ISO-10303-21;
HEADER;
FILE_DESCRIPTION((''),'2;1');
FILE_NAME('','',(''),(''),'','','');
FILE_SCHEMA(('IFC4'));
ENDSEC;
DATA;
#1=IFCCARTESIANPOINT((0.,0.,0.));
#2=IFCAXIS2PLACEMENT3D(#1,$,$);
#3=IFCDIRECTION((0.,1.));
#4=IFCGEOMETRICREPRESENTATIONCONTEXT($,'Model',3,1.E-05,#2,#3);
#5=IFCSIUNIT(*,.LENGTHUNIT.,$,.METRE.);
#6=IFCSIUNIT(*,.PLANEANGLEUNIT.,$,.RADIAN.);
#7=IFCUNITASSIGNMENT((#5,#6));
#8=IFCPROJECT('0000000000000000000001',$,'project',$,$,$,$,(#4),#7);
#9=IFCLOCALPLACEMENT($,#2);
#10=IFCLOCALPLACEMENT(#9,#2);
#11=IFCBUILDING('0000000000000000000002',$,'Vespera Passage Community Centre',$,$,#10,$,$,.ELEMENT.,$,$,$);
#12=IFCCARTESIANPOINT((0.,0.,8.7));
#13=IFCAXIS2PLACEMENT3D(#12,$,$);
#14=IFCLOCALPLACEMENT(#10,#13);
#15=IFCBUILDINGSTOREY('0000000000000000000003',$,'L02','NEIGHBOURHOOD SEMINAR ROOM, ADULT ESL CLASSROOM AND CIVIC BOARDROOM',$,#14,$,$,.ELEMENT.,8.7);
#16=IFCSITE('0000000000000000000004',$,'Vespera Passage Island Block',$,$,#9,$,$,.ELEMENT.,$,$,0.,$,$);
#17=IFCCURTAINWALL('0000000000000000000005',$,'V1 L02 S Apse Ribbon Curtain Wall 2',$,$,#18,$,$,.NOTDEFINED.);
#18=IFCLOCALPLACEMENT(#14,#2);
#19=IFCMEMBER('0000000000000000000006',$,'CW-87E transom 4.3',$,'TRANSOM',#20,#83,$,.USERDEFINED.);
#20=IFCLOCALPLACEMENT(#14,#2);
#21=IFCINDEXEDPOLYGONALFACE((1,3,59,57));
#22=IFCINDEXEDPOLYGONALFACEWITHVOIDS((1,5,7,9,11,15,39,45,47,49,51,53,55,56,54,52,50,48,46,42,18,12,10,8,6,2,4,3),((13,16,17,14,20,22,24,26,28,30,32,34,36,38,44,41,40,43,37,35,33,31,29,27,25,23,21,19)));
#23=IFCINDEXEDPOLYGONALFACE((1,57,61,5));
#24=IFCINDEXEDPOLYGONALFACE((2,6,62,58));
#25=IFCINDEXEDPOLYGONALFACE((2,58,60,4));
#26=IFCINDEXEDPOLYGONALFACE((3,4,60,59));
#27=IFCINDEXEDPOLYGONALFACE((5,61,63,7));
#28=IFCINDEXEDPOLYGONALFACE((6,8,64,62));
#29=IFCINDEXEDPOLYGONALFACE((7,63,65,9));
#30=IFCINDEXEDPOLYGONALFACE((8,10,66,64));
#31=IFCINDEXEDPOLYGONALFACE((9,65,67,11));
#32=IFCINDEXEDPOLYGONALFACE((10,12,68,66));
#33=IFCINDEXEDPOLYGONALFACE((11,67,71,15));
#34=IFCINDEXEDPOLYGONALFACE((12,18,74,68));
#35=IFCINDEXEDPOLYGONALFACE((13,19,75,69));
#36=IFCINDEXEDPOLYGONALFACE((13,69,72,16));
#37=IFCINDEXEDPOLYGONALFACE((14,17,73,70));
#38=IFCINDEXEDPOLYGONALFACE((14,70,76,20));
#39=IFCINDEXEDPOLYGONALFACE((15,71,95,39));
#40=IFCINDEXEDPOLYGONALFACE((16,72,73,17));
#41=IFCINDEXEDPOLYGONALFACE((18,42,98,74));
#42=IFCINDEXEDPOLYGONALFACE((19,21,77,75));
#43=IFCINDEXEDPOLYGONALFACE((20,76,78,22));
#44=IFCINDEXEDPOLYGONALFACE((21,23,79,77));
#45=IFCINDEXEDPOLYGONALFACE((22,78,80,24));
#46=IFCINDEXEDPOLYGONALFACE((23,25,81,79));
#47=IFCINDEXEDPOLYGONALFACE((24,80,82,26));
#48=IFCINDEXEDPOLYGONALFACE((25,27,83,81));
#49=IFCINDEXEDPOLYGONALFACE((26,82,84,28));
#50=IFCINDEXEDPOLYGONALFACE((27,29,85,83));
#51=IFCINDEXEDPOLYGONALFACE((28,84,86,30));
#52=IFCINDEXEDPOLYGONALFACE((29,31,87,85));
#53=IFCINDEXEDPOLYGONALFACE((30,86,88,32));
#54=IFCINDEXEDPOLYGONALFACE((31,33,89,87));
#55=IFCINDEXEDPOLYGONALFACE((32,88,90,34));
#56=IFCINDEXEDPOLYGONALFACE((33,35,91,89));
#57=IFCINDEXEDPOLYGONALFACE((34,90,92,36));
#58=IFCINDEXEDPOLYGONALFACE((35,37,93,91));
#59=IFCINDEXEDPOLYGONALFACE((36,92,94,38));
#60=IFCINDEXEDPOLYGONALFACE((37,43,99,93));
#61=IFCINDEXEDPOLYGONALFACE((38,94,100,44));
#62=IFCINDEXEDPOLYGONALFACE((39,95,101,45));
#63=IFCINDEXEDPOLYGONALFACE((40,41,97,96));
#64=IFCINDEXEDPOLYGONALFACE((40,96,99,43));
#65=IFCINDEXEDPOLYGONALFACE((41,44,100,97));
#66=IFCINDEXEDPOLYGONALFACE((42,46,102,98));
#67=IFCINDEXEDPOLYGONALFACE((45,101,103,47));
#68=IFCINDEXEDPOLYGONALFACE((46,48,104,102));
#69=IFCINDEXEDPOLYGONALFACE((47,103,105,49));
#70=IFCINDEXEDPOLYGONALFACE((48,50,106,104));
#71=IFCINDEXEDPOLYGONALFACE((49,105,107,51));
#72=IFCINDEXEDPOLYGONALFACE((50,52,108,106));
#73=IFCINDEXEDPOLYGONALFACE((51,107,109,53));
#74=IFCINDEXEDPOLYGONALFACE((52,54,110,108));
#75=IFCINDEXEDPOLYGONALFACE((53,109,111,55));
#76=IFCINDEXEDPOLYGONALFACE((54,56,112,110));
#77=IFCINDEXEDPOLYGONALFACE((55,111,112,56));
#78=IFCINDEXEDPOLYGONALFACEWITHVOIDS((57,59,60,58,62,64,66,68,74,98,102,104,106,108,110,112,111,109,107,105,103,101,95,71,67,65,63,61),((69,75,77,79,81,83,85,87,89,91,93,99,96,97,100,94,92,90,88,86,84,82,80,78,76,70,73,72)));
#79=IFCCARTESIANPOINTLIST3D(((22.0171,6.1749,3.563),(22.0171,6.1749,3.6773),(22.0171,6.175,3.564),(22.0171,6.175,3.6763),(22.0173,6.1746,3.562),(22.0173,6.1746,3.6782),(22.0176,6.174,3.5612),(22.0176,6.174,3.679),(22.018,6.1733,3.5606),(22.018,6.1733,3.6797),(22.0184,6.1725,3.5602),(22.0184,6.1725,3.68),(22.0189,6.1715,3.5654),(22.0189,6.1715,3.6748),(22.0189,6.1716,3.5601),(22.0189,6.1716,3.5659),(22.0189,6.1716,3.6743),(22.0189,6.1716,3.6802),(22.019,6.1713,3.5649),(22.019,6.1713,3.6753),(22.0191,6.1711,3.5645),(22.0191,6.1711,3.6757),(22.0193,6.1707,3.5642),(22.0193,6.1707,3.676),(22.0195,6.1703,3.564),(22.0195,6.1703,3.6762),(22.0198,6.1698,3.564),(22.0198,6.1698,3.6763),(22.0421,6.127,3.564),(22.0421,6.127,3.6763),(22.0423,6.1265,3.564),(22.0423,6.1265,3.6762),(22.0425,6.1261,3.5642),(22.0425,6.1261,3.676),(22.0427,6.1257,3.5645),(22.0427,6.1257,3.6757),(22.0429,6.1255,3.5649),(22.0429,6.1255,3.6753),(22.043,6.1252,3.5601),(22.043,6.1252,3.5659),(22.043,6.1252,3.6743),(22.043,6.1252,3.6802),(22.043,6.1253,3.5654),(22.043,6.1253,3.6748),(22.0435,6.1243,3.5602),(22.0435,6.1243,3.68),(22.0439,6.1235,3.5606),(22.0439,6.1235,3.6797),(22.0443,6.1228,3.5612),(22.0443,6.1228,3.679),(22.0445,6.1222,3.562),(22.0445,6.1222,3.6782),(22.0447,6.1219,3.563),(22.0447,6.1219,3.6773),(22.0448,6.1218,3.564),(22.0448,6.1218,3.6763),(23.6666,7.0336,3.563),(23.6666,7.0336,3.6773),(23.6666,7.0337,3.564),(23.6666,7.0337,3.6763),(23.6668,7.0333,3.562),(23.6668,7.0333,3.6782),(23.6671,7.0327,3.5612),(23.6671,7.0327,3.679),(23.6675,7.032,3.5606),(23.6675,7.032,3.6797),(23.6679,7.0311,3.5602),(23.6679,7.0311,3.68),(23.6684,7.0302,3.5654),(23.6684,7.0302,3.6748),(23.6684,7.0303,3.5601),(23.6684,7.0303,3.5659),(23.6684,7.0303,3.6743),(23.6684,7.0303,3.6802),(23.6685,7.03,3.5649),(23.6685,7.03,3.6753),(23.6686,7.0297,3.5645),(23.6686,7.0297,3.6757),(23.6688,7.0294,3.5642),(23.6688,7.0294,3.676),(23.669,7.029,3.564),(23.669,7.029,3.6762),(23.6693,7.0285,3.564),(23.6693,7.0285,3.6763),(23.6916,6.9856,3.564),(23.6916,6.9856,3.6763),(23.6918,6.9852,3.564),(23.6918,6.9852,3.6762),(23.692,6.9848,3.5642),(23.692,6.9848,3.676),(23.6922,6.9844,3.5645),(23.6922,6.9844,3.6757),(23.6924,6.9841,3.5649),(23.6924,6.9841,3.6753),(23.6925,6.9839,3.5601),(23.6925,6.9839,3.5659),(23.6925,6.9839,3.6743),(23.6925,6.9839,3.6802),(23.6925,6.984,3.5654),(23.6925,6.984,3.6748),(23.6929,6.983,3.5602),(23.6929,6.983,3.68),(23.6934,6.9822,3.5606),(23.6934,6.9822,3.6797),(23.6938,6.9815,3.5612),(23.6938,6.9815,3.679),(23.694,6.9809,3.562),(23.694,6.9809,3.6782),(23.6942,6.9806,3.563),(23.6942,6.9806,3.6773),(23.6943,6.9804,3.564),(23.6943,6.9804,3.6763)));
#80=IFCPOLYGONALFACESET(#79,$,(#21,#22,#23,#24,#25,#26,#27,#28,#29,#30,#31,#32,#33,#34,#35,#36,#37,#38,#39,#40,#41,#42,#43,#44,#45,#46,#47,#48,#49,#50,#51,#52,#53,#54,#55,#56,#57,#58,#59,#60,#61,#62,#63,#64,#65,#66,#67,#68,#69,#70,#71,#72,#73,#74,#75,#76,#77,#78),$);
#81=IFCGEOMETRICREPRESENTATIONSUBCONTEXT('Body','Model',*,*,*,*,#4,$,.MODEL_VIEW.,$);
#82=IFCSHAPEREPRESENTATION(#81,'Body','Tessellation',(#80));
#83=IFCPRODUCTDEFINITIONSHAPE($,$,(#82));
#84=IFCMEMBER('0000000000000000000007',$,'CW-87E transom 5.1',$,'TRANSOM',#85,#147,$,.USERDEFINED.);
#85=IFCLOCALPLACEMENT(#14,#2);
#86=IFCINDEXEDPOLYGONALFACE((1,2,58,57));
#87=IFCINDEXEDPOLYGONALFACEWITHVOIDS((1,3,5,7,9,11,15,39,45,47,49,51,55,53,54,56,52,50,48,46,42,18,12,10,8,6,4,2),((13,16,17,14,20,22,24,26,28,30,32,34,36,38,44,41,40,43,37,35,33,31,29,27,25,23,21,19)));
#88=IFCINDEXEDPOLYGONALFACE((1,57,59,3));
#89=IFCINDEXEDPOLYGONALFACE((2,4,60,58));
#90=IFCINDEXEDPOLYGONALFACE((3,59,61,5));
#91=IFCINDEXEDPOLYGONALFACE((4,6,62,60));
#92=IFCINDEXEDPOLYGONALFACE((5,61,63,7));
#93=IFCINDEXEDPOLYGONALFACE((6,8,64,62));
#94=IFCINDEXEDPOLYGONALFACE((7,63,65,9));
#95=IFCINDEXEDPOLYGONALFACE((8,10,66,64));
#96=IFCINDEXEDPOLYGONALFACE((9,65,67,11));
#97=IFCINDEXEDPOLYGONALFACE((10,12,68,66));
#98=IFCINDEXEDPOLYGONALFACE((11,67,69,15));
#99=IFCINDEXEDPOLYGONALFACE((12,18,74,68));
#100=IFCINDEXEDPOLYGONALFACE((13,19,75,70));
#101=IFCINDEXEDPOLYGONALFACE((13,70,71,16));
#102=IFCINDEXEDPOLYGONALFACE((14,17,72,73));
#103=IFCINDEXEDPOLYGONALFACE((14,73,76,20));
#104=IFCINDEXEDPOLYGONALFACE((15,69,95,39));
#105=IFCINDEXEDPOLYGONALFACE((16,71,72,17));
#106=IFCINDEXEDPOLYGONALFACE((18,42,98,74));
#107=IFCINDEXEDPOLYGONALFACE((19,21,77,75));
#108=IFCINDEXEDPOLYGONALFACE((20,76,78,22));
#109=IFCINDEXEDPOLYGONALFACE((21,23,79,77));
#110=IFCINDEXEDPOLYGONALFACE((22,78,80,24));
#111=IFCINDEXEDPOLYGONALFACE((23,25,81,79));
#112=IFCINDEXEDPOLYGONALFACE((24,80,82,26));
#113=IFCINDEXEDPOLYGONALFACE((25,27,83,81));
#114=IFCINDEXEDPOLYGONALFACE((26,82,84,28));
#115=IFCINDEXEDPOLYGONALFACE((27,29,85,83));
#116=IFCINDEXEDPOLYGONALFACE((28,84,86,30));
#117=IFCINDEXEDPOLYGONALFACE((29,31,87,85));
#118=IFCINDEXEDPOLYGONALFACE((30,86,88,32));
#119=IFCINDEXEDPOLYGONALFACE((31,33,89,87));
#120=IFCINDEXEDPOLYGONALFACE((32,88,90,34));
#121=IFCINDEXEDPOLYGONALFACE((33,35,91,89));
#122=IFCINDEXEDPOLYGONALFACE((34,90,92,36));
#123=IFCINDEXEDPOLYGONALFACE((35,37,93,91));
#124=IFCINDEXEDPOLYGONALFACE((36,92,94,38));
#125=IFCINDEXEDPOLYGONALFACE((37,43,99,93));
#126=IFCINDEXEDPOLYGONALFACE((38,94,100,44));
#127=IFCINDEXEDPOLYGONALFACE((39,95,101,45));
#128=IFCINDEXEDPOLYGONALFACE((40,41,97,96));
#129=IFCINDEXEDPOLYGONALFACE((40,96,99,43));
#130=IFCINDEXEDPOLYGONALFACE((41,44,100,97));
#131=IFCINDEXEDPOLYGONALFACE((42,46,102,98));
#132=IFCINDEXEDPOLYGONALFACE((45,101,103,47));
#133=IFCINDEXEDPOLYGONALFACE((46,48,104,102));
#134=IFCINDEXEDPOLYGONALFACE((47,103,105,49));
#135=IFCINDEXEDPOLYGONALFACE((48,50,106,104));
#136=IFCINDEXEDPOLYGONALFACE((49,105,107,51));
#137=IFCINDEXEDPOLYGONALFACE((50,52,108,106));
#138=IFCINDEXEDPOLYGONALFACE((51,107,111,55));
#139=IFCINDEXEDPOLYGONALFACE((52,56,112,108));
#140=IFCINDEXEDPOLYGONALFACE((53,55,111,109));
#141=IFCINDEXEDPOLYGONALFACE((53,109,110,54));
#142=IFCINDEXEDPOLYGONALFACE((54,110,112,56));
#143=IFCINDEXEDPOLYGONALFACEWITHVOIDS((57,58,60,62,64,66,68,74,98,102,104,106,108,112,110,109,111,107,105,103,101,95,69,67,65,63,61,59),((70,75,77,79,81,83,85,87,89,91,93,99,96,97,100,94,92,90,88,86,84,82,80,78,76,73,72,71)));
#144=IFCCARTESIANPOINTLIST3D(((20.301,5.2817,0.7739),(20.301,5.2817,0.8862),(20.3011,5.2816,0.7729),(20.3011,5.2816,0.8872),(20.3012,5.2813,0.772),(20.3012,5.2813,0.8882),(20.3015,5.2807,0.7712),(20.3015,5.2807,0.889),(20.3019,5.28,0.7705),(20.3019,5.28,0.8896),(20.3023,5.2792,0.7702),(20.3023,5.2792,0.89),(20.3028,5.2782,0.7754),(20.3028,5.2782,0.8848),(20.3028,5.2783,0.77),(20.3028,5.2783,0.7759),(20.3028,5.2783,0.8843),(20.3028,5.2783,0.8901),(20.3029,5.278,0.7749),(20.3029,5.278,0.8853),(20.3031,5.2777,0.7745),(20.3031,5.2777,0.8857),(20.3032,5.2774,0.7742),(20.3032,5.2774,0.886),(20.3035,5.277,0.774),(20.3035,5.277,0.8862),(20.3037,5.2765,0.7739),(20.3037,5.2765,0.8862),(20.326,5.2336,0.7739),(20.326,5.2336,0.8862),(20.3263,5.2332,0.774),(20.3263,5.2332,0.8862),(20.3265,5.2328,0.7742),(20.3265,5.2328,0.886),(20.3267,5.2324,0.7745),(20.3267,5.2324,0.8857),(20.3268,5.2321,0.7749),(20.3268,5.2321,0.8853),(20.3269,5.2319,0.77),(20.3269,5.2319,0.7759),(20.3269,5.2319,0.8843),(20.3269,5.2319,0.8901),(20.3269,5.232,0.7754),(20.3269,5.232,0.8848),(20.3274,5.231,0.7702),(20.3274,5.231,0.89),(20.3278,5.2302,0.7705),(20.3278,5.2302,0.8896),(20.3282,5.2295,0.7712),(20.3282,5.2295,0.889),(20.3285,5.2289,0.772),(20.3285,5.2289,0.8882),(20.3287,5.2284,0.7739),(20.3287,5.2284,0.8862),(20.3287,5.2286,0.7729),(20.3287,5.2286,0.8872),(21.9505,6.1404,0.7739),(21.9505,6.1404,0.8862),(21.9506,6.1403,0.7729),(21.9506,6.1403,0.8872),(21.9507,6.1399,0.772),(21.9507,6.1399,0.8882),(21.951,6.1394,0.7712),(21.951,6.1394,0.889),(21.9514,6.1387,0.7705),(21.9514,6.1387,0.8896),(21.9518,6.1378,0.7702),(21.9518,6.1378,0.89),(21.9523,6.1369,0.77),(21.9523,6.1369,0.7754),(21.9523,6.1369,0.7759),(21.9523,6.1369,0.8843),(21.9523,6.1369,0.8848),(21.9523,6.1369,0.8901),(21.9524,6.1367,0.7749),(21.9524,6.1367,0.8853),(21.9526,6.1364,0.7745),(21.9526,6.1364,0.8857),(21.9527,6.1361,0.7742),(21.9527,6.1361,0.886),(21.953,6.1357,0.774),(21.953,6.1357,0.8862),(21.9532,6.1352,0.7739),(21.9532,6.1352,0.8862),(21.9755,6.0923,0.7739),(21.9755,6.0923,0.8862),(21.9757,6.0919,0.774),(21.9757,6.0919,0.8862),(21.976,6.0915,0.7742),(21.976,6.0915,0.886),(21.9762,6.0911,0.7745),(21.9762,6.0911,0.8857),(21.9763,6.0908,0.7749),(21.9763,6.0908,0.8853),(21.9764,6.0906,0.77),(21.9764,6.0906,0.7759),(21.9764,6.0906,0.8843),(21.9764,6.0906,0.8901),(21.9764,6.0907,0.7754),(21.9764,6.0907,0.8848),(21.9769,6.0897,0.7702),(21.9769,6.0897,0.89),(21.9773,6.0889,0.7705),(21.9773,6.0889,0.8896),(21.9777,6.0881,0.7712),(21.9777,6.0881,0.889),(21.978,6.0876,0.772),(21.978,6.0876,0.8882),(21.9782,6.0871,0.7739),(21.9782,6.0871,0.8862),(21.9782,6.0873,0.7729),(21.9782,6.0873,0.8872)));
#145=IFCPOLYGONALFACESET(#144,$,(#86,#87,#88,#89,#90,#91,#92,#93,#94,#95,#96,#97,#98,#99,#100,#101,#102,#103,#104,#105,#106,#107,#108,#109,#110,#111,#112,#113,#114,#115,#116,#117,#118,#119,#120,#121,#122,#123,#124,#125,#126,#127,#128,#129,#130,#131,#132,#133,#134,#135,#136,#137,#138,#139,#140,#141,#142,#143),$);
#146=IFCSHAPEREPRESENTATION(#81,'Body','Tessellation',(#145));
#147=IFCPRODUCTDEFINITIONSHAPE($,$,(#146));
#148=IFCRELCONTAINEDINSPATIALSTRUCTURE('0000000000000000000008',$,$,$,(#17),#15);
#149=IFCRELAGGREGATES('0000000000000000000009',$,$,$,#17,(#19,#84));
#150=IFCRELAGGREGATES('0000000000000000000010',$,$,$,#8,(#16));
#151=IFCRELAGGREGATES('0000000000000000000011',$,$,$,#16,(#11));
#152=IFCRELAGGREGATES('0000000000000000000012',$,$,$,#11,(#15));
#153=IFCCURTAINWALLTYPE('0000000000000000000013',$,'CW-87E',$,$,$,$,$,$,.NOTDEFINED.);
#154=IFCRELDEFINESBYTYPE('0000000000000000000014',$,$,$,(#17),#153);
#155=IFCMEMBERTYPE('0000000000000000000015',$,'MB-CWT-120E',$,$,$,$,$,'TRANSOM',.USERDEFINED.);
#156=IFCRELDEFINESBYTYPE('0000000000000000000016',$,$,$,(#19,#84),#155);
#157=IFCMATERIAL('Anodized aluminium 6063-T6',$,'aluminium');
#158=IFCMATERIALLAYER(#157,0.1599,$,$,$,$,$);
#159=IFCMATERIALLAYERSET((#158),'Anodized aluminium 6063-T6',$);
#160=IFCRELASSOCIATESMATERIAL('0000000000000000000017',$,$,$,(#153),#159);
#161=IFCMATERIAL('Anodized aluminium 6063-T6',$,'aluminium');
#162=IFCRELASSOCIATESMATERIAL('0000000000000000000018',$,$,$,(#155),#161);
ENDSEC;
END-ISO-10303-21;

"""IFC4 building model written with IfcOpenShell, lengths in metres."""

from ifc_helpers import new_model, si_unit, direction, frame, origin, origin_2d, place, context, subcontext, project, spatial, hollow_rectangle, extrude, material, layer, layer_set, material_profile, profile_set, type_object, element, aggregate, save


model = new_model("IFC4")

# Units and contexts
model_context = context("Model", 3, precision=1e-05, world=origin(), true_north=direction((0.0, 1.0)))
body_context = subcontext(model_context, "Body", "Model", "MODEL_VIEW")
ifc_project = project(units=[si_unit("LENGTHUNIT", "METRE"), si_unit("PLANEANGLEUNIT", "RADIAN")], contexts=[model_context])

# Site, building, storey
site_placement = place(None, origin())
site = spatial("IfcSite", under=ifc_project, at=site_placement, Name="Vespera Passage Island Block", CompositionType="ELEMENT", RefElevation=0.0)
building_placement = place(site_placement, origin())
building = spatial("IfcBuilding", under=site, at=building_placement, Name="Vespera Passage Community Centre", CompositionType="ELEMENT")
storey_placement = place(building_placement, frame((0.0, 0.0, 8.7)))
storey = spatial("IfcBuildingStorey", under=building, at=storey_placement, Name="L02", Description="NEIGHBOURHOOD SEMINAR ROOM, ADULT ESL CLASSROOM AND CIVIC BOARDROOM", CompositionType="ELEMENT", Elevation=8.7)

# Curtain wall
ifc_material_1 = material(Name="Anodized aluminium 6063-T6", Category="aluminium")
ifc_layer_1 = layer(ifc_material_1, 0.1599)
ifc_layer_set_1 = layer_set([ifc_layer_1], Name="Anodized aluminium 6063-T6")
curtain_wall_type = type_object("IfcCurtainWallType", Name="CW-87E", PredefinedType="NOTDEFINED", material=ifc_layer_set_1)
curtain_wall_1_placement = place(storey_placement, origin())
curtain_wall_1 = element("IfcCurtainWall", 1, at=curtain_wall_1_placement, inside=storey, type_object=curtain_wall_type, Name="V1 L02 S Apse Ribbon Curtain Wall 2", PredefinedType="NOTDEFINED")

# Members
ifc_material_2 = material(Name="Anodized aluminium 6063-T6", Category="aluminium")
ifc_material_profile_1 = material_profile(ifc_material_2, hollow_rectangle(XDim=0.0601, YDim=0.1201, WallThickness=0.0039, InnerFilletRadius=0.002, OuterFilletRadius=0.0039, at=origin_2d()), Name="ALU120X60X4")
ifc_profile_set_1 = profile_set([ifc_material_profile_1], Name="Anodized aluminium 6063-T6")
member_type_1 = type_object("IfcMemberType", Name="MB-CWT-120E", ElementType="TRANSOM", PredefinedType="USERDEFINED", material=ifc_profile_set_1)
member_1_placement = place(storey_placement, frame((23.6804, 7.0071, 3.6201), z_axis=(-0.887008, -0.461754, 0.0), x_axis=(0.461754, -0.887008, 0.0)))
member_1 = element("IfcMember", 2, at=member_1_placement, type_object=member_type_1, Name="CW-87E transom 4.3", ObjectType="TRANSOM", PredefinedType="USERDEFINED", context=body_context, shape_type="SweptSolid", body=[
    extrude(hollow_rectangle(XDim=0.0601, YDim=0.1201, WallThickness=0.0039, InnerFilletRadius=0.002, OuterFilletRadius=0.0039, at=origin_2d()), origin(), (0.0, 0.0, 1.0), 1.8596),
])
member_2_placement = place(storey_placement, frame((21.9644, 6.1138, 0.8301), z_axis=(-0.887008, -0.461754, 0.0), x_axis=(0.461754, -0.887008, 0.0)))
member_2 = element("IfcMember", 3, at=member_2_placement, type_object=member_type_1, Name="CW-87E transom 5.1", ObjectType="TRANSOM", PredefinedType="USERDEFINED", context=body_context, shape_type="SweptSolid", body=[
    extrude(hollow_rectangle(XDim=0.0601, YDim=0.1201, WallThickness=0.0039, InnerFilletRadius=0.002, OuterFilletRadius=0.0039, at=origin_2d()), origin(), (0.0, 0.0, 1.0), 1.8596),
])

aggregate(curtain_wall_1, [member_1, member_2])

save(model, "model.ifc")
